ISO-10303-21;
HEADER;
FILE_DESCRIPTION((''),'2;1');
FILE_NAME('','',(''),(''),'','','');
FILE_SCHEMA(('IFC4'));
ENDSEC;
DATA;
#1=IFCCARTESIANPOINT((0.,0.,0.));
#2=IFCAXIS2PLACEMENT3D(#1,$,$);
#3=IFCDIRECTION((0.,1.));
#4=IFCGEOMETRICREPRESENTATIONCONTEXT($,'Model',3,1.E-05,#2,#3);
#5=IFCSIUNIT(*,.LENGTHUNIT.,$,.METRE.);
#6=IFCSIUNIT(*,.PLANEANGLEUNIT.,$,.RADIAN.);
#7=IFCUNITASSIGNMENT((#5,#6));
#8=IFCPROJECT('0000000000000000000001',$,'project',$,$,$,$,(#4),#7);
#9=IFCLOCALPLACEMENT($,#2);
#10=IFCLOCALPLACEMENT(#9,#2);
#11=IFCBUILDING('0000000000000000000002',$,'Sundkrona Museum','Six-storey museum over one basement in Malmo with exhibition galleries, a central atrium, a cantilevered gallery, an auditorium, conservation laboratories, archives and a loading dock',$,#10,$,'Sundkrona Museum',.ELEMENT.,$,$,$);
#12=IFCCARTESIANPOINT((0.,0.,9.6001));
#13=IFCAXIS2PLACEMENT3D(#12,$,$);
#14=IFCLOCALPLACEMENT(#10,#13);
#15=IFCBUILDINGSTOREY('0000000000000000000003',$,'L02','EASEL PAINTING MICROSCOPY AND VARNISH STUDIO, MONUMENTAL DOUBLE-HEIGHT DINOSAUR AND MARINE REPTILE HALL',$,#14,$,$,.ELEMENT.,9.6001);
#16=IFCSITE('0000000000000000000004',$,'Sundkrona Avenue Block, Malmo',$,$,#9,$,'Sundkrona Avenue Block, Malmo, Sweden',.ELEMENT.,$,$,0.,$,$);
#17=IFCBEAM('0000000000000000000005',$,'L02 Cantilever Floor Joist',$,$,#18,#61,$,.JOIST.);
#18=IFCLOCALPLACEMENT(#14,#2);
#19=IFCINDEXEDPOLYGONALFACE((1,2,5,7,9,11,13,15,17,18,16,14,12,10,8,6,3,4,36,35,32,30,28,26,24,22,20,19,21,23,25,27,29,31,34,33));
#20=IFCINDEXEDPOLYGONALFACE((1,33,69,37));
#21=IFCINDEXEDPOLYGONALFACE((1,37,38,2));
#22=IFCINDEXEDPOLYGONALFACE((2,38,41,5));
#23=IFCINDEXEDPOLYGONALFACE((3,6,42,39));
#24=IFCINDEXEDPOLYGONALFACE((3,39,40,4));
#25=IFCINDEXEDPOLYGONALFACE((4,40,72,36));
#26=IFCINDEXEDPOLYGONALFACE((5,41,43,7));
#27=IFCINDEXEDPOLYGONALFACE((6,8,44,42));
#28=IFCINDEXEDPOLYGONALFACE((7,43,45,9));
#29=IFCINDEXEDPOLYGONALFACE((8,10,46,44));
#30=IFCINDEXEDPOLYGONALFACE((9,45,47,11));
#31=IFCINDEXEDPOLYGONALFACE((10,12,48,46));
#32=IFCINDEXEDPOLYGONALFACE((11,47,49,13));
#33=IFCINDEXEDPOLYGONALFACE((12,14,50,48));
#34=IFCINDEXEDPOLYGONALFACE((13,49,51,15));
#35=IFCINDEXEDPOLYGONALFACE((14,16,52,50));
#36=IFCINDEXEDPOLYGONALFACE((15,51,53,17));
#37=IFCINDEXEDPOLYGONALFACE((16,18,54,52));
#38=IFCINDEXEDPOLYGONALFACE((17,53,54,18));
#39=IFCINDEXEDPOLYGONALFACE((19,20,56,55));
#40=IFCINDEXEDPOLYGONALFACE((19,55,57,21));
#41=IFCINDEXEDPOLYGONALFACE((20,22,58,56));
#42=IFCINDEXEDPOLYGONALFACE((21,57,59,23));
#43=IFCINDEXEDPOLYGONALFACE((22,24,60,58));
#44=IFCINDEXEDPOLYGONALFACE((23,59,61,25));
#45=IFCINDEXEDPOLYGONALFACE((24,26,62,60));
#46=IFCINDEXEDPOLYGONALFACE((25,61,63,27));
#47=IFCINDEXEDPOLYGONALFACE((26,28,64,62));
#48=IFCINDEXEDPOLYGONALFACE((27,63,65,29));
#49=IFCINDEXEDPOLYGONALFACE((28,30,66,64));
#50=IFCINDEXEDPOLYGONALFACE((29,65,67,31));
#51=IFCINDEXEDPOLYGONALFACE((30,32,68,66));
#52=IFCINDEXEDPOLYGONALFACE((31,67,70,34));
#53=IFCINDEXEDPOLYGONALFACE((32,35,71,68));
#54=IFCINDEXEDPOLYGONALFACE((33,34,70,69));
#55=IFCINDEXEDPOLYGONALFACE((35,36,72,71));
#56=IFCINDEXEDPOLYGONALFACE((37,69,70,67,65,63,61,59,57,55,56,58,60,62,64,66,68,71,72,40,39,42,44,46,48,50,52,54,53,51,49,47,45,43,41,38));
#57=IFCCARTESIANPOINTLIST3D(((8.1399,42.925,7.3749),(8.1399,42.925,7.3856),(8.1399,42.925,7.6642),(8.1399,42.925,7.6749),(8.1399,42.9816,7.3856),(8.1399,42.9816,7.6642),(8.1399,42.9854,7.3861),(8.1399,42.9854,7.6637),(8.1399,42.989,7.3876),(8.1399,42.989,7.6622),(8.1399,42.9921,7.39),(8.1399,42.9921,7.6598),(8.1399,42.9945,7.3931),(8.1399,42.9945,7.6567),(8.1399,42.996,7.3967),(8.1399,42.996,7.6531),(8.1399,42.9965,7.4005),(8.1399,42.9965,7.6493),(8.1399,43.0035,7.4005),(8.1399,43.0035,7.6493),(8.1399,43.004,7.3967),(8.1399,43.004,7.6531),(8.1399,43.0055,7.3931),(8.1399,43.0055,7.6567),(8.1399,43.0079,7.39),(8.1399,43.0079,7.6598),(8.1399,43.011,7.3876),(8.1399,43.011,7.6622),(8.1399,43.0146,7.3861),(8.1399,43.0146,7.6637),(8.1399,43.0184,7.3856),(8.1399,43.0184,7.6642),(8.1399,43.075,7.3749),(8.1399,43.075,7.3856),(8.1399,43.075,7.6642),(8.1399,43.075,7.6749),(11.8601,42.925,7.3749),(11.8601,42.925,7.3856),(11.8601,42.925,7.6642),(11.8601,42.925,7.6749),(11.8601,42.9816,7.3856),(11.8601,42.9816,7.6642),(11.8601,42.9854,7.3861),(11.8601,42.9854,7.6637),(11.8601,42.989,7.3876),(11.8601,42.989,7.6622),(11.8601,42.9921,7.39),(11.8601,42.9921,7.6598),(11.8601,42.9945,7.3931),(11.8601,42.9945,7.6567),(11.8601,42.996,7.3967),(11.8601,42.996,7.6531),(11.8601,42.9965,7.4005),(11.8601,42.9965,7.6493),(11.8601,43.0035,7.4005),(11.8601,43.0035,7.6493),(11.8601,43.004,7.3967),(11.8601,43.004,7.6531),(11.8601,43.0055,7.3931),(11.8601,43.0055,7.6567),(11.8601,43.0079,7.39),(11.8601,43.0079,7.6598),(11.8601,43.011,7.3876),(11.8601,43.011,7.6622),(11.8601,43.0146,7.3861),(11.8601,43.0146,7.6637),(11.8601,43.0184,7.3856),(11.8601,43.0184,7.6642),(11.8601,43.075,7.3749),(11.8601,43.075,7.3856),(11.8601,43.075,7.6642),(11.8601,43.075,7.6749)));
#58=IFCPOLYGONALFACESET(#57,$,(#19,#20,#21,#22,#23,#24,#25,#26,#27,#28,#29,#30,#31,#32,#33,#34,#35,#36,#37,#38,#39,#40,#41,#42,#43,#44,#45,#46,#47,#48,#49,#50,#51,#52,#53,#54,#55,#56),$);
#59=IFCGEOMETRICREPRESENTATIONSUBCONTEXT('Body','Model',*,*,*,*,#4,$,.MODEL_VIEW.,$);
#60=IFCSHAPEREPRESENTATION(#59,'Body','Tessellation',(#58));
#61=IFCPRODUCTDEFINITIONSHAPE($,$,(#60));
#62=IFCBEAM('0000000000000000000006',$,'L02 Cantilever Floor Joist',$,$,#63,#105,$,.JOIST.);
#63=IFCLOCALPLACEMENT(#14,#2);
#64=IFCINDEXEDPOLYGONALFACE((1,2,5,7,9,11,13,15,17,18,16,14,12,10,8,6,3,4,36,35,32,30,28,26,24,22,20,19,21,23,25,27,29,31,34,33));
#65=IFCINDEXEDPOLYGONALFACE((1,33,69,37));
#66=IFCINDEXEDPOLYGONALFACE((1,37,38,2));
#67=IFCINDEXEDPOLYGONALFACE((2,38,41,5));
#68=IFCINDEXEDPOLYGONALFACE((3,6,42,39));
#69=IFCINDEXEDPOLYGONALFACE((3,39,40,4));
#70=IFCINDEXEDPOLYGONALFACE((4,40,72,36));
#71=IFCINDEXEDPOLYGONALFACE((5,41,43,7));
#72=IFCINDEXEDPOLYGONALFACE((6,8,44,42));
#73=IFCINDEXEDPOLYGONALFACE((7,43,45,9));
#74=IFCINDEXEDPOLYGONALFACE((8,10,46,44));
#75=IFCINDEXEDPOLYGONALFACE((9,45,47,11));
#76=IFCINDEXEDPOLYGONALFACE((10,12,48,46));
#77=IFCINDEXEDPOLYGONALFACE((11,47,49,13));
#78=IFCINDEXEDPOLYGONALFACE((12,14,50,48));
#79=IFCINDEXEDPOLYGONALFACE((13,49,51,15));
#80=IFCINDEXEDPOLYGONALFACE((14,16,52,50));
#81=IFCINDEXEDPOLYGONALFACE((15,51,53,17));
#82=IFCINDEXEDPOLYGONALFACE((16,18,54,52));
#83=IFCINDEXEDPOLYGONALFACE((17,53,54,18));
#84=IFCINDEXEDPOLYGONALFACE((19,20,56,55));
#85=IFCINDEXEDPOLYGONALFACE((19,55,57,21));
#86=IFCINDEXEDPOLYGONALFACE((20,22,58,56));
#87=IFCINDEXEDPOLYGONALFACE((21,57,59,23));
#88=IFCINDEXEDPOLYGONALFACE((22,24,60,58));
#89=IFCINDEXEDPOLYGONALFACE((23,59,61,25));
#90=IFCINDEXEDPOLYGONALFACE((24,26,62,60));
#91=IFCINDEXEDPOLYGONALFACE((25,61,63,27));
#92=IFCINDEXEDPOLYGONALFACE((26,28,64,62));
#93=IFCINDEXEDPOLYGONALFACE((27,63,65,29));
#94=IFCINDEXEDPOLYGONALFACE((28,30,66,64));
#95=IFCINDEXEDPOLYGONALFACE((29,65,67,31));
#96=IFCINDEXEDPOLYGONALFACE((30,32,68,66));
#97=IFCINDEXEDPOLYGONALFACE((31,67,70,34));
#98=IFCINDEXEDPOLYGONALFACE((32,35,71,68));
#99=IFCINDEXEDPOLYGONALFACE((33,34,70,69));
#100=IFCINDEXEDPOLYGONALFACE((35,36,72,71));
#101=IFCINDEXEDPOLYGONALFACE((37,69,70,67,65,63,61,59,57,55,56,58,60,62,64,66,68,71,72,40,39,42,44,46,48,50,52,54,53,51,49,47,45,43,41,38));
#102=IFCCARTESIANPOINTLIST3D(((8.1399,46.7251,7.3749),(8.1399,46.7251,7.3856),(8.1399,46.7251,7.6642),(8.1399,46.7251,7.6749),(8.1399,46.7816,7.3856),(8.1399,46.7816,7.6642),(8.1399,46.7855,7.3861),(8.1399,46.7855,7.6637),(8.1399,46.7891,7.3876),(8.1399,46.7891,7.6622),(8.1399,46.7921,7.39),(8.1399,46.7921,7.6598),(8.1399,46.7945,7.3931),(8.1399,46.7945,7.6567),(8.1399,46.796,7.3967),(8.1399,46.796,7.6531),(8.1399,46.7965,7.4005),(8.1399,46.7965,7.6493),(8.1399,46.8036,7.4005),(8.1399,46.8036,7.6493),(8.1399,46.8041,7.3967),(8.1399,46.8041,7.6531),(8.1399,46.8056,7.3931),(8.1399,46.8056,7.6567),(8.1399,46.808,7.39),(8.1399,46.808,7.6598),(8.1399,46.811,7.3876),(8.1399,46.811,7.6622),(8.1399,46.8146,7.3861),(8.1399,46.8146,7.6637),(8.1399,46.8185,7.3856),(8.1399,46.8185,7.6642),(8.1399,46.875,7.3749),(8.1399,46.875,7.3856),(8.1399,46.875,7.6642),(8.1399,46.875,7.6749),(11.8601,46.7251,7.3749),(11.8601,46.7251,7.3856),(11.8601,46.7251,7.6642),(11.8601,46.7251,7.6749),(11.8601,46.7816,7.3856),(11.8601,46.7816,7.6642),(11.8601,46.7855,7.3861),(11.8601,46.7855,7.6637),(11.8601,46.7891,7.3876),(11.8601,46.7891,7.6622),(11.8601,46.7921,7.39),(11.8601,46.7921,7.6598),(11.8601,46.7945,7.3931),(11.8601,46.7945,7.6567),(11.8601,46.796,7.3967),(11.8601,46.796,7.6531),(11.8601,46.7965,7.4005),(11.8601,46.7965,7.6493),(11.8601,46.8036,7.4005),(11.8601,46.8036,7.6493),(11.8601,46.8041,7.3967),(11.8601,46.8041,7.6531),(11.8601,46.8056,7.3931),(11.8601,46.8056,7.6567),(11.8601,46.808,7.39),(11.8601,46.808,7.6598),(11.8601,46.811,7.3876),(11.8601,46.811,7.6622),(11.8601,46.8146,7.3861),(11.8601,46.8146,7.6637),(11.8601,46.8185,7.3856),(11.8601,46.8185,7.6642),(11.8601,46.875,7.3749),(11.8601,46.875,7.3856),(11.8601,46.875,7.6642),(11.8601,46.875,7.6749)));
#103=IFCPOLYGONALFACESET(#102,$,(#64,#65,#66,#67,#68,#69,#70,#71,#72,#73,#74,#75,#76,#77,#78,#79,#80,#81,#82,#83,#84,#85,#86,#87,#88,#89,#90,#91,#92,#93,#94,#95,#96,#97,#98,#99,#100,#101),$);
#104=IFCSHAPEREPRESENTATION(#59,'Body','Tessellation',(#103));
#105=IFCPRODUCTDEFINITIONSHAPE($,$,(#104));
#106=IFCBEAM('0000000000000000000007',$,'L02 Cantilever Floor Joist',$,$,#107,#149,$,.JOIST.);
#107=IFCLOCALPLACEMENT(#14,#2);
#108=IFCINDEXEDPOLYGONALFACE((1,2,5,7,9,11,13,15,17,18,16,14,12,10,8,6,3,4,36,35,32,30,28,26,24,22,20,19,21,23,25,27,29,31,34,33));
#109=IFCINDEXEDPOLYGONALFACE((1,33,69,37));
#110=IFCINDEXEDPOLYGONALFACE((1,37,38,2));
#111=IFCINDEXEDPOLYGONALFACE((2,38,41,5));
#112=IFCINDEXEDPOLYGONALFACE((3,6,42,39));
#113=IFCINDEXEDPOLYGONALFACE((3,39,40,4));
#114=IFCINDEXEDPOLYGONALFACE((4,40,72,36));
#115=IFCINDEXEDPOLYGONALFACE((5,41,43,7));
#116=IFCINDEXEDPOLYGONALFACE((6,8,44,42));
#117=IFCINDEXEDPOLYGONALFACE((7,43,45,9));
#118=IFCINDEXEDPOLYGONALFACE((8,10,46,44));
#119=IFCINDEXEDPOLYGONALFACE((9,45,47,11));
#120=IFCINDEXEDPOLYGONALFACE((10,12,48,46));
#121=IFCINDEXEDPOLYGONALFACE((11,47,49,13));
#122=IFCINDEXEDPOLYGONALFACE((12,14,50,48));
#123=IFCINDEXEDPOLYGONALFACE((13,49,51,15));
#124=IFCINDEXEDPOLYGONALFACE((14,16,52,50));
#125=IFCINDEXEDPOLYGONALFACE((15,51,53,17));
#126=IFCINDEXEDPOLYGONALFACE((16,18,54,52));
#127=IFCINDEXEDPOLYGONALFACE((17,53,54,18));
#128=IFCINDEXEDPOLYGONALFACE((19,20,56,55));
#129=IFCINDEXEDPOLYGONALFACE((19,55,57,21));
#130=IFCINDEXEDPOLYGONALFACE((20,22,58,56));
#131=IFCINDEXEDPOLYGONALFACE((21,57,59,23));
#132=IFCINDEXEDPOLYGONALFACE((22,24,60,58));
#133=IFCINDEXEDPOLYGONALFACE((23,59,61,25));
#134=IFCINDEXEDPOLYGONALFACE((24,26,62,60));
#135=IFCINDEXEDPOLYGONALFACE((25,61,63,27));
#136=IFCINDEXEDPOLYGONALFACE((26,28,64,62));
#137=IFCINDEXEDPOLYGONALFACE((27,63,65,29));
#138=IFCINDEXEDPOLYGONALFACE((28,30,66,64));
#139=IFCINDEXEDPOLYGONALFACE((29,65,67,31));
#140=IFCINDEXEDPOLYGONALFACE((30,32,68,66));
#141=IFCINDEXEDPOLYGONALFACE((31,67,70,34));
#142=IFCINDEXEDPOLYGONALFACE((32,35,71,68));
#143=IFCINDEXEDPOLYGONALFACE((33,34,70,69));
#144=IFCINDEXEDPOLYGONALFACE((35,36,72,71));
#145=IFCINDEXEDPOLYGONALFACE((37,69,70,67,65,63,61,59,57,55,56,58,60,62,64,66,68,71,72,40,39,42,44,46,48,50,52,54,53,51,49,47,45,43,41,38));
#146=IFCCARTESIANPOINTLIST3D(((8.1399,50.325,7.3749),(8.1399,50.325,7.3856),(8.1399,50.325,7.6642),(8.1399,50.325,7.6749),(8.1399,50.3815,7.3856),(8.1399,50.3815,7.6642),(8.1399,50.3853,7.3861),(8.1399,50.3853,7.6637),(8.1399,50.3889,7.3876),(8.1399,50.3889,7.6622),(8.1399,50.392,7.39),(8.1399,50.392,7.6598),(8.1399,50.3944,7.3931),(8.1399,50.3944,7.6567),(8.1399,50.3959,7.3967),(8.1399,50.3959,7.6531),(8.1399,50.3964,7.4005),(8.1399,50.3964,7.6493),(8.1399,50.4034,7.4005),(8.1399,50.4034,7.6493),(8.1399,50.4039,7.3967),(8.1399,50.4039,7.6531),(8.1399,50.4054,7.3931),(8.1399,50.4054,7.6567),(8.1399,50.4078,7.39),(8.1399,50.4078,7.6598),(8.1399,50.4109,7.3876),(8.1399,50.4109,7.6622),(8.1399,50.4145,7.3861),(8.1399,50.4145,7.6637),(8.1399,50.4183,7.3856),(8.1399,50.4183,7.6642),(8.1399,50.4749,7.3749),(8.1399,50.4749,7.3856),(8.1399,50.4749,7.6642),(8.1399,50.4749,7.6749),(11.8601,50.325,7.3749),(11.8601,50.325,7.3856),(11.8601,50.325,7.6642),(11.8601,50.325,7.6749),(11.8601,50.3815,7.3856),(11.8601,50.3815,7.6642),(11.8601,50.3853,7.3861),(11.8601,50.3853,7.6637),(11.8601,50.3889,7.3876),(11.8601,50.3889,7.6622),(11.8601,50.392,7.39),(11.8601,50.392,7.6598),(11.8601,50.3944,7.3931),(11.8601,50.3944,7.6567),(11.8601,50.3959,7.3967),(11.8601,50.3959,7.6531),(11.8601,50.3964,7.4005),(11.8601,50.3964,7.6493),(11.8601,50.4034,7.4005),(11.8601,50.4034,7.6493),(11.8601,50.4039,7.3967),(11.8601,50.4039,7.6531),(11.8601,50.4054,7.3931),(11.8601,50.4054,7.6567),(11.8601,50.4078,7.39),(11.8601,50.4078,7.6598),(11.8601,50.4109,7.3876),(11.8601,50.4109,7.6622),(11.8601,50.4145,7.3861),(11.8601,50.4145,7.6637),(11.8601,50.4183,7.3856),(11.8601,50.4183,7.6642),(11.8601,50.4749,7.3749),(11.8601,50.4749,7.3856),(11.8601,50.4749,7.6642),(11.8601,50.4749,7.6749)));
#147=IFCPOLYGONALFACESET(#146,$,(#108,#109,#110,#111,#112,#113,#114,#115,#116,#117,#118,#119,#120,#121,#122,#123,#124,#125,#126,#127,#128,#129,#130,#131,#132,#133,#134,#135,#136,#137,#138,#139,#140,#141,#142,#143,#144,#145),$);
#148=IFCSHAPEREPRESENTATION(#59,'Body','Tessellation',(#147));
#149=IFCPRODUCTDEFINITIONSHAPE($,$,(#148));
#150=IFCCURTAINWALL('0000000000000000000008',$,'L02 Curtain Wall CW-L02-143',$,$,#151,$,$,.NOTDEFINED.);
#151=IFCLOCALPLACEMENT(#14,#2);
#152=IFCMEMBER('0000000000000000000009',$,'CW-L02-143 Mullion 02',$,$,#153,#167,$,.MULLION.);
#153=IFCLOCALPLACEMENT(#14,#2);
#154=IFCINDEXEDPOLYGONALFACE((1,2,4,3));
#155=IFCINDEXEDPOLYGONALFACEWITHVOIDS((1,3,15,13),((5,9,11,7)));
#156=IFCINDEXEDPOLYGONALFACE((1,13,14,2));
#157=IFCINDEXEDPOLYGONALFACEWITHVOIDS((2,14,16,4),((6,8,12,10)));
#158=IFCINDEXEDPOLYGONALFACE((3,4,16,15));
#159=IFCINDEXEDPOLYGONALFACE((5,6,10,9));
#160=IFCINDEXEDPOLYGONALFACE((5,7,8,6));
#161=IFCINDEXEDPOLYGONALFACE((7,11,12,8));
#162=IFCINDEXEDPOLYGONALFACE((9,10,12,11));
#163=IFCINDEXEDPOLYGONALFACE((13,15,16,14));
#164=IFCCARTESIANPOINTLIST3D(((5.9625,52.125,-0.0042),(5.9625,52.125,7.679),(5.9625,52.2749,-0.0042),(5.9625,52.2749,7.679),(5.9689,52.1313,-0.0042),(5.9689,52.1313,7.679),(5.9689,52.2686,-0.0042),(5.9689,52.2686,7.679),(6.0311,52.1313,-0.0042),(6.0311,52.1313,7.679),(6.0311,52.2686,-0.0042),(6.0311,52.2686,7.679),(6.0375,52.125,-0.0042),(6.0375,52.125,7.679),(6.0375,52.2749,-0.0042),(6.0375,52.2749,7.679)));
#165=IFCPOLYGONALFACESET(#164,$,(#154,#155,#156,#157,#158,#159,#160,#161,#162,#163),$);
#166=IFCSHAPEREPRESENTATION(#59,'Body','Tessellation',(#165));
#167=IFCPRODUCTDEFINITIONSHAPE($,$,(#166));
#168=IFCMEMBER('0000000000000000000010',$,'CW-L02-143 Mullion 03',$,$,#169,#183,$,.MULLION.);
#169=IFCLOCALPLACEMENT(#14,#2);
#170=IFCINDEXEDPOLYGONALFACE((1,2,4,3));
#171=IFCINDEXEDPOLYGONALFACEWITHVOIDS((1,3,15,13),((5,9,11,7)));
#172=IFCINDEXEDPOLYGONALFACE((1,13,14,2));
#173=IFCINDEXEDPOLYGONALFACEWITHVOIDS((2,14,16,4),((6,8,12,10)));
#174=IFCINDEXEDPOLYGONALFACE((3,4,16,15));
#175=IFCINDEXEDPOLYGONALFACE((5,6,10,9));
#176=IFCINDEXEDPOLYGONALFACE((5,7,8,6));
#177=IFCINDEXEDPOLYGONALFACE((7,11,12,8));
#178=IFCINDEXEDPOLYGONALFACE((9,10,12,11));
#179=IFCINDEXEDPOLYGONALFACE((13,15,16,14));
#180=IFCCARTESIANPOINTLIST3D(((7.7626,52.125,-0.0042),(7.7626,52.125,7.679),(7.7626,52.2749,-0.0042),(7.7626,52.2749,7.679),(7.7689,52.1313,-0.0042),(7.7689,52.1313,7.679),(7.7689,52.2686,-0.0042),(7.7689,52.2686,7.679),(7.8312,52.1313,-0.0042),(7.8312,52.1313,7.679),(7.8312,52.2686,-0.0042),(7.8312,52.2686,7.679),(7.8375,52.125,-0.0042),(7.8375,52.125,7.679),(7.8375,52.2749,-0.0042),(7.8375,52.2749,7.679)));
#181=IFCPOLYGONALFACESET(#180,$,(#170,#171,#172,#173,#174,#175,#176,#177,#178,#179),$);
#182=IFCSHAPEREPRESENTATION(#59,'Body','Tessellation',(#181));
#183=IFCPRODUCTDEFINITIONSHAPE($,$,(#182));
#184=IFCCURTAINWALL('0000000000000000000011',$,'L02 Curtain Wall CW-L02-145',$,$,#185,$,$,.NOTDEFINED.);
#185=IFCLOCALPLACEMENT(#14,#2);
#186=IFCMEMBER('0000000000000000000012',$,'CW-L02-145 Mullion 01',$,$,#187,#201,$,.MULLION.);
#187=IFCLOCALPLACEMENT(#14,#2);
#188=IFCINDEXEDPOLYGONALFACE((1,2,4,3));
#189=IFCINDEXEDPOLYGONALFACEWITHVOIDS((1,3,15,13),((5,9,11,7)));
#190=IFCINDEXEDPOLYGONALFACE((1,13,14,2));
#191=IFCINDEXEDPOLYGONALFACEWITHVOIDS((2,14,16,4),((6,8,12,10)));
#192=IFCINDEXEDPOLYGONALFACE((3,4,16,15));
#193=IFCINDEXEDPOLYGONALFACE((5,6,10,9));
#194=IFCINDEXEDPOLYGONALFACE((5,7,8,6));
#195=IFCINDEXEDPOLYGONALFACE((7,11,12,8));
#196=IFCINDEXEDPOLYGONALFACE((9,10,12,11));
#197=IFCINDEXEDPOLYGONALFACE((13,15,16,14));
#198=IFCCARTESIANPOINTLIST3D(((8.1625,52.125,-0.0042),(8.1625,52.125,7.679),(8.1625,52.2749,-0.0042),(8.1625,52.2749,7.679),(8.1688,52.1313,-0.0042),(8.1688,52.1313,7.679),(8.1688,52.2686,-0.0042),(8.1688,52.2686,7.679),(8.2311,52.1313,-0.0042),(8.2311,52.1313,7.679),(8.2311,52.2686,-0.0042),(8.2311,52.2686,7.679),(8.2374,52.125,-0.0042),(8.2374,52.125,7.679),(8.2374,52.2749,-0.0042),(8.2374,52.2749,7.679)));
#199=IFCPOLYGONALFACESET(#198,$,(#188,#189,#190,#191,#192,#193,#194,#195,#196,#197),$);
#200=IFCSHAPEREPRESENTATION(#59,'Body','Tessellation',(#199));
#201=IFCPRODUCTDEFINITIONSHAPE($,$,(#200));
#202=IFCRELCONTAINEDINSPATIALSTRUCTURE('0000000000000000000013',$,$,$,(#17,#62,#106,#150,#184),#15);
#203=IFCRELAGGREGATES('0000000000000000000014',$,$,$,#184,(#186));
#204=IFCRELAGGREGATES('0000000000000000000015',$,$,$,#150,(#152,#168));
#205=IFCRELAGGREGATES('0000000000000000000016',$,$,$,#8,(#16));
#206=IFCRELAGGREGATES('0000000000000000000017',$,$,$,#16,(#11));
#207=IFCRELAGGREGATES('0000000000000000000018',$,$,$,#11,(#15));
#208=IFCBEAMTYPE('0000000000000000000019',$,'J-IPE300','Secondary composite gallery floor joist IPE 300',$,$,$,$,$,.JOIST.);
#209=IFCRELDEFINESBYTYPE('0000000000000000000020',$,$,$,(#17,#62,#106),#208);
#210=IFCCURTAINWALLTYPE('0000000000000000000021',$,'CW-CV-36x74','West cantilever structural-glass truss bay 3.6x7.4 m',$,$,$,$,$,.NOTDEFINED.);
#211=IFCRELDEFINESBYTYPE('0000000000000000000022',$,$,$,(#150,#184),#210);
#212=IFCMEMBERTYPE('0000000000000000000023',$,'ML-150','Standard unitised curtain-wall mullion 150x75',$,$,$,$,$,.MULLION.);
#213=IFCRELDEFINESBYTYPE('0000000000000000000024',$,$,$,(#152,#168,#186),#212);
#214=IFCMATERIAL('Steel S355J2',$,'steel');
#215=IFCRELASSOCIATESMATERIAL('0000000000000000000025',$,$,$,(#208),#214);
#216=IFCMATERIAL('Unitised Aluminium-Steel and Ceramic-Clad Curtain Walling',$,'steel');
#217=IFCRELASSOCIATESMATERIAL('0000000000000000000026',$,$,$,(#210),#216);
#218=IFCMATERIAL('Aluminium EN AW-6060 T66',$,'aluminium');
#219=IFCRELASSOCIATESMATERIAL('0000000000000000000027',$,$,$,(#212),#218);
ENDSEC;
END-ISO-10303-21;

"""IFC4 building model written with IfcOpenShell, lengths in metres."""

from ifc_helpers import new_model, si_unit, direction, frame, origin, origin_2d, place, context, subcontext, project, spatial, hollow_rectangle, i_section, extrude, material, material_profile, profile_set, type_object, element, aggregate, save


model = new_model("IFC4")

# Units and contexts
model_context = context("Model", 3, precision=1e-05, world=origin(), true_north=direction((0.0, 1.0)))
body_context = subcontext(model_context, "Body", "Model", "MODEL_VIEW")
ifc_project = project(units=[si_unit("LENGTHUNIT", "METRE"), si_unit("PLANEANGLEUNIT", "RADIAN")], contexts=[model_context])

# Site, building, storey
site_placement = place(None, origin())
site = spatial("IfcSite", under=ifc_project, at=site_placement, Name="Sundkrona Avenue Block, Malmo", LongName="Sundkrona Avenue Block, Malmo, Sweden", CompositionType="ELEMENT", RefElevation=0.0)
building_placement = place(site_placement, origin())
building = spatial("IfcBuilding", under=site, at=building_placement, Name="Sundkrona Museum", Description="Six-storey museum over one basement in Malmo with exhibition galleries, a central atrium, a cantilevered gallery, an auditorium, conservation laboratories, archives and a loading dock", LongName="Sundkrona Museum", CompositionType="ELEMENT")
storey_placement = place(building_placement, frame((0.0, 0.0, 9.6001)))
storey = spatial("IfcBuildingStorey", under=building, at=storey_placement, Name="L02", Description="EASEL PAINTING MICROSCOPY AND VARNISH STUDIO, MONUMENTAL DOUBLE-HEIGHT DINOSAUR AND MARINE REPTILE HALL", CompositionType="ELEMENT", Elevation=9.6001)

# Beams
ifc_material_1 = material(Name="Steel S355J2", Category="steel")
ifc_material_profile_1 = material_profile(ifc_material_1, i_section(OverallWidth=0.1499, OverallDepth=0.3, WebThickness=0.0071, FlangeThickness=0.0107, FilletRadius=0.0149, at=origin_2d()), Name="IPE 300")
ifc_profile_set_1 = profile_set([ifc_material_profile_1], Name="Steel S355J2")
beam_type = type_object("IfcBeamType", Name="J-IPE300", Description="Secondary composite gallery floor joist IPE 300", PredefinedType="JOIST", material=ifc_profile_set_1)
for number, where, z_axis, x_axis, name in (
    (1, (8.1399, 43.0, 7.5249), (1.0, 0.0, 0.0), (0.0, 1.0, 0.0), "L02 Cantilever Floor Joist"),
    (2, (8.1399, 46.8, 7.5249), (1.0, 0.0, 0.0), (0.0, 1.0, 0.0), "L02 Cantilever Floor Joist"),
    (3, (8.1399, 50.3999, 7.5249), (1.0, 0.0, 0.0), (0.0, 1.0, 0.0), "L02 Cantilever Floor Joist"),
):
    element("IfcBeam", number, at=place(storey_placement, frame(where, z_axis=z_axis, x_axis=x_axis)), inside=storey, type_object=beam_type, Name=name, PredefinedType="JOIST", context=body_context, shape_type="SweptSolid", body=[
        extrude(i_section(OverallWidth=0.1499, OverallDepth=0.3, WebThickness=0.0071, FlangeThickness=0.0107, FilletRadius=0.0149, at=origin_2d()), origin(), (0.0, 0.0, 1.0), 3.7202),
    ])

# Curtain wall, members
ifc_material_2 = material(Name="Unitised Aluminium-Steel and Ceramic-Clad Curtain Walling", Category="steel")
curtain_wall_type_1 = type_object("IfcCurtainWallType", Name="CW-CV-36x74", Description="West cantilever structural-glass truss bay 3.6x7.4 m", PredefinedType="NOTDEFINED", material=ifc_material_2)
curtain_wall_1_placement = place(storey_placement, origin())
curtain_wall_1 = element("IfcCurtainWall", 4, at=curtain_wall_1_placement, inside=storey, type_object=curtain_wall_type_1, Name="L02 Curtain Wall CW-L02-143", PredefinedType="NOTDEFINED")
ifc_material_3 = material(Name="Aluminium EN AW-6060 T66", Category="aluminium")
ifc_material_profile_2 = material_profile(ifc_material_3, hollow_rectangle(XDim=0.075, YDim=0.1499, WallThickness=0.0063, at=origin_2d()), Name="RHS 150x75x6.3")
ifc_profile_set_2 = profile_set([ifc_material_profile_2], Name="Aluminium EN AW-6060 T66")
member_type_1 = type_object("IfcMemberType", Name="ML-150", Description="Standard unitised curtain-wall mullion 150x75", PredefinedType="MULLION", material=ifc_profile_set_2)
member_1_placement = place(storey_placement, frame((6.0, 52.2, -0.0042), z_axis=(0.0, 0.0, 1.0), x_axis=(1.0, 0.0, 0.0)))
member_1 = element("IfcMember", 5, at=member_1_placement, type_object=member_type_1, Name="CW-L02-143 Mullion 02", PredefinedType="MULLION", context=body_context, shape_type="SweptSolid", body=[
    extrude(hollow_rectangle(XDim=0.075, YDim=0.1499, WallThickness=0.0063, at=origin_2d()), origin(), (0.0, 0.0, 1.0), 7.6831),
])
member_2_placement = place(storey_placement, frame((7.8, 52.2, -0.0042), z_axis=(0.0, 0.0, 1.0), x_axis=(1.0, 0.0, 0.0)))
member_2 = element("IfcMember", 6, at=member_2_placement, type_object=member_type_1, Name="CW-L02-143 Mullion 03", PredefinedType="MULLION", context=body_context, shape_type="SweptSolid", body=[
    extrude(hollow_rectangle(XDim=0.075, YDim=0.1499, WallThickness=0.0063, at=origin_2d()), origin(), (0.0, 0.0, 1.0), 7.6831),
])

# Curtain wall, member
curtain_wall_2_placement = place(storey_placement, origin())
curtain_wall_2 = element("IfcCurtainWall", 7, at=curtain_wall_2_placement, inside=storey, type_object=curtain_wall_type_1, Name="L02 Curtain Wall CW-L02-145", PredefinedType="NOTDEFINED")
member_3_placement = place(storey_placement, frame((8.2, 52.2, -0.0042), z_axis=(0.0, 0.0, 1.0), x_axis=(1.0, 0.0, 0.0)))
member_3 = element("IfcMember", 8, at=member_3_placement, type_object=member_type_1, Name="CW-L02-145 Mullion 01", PredefinedType="MULLION", context=body_context, shape_type="SweptSolid", body=[
    extrude(hollow_rectangle(XDim=0.075, YDim=0.1499, WallThickness=0.0063, at=origin_2d()), origin(), (0.0, 0.0, 1.0), 7.6831),
])
aggregate(curtain_wall_2, [member_3])

aggregate(curtain_wall_1, [member_1, member_2])

save(model, "model.ifc")
